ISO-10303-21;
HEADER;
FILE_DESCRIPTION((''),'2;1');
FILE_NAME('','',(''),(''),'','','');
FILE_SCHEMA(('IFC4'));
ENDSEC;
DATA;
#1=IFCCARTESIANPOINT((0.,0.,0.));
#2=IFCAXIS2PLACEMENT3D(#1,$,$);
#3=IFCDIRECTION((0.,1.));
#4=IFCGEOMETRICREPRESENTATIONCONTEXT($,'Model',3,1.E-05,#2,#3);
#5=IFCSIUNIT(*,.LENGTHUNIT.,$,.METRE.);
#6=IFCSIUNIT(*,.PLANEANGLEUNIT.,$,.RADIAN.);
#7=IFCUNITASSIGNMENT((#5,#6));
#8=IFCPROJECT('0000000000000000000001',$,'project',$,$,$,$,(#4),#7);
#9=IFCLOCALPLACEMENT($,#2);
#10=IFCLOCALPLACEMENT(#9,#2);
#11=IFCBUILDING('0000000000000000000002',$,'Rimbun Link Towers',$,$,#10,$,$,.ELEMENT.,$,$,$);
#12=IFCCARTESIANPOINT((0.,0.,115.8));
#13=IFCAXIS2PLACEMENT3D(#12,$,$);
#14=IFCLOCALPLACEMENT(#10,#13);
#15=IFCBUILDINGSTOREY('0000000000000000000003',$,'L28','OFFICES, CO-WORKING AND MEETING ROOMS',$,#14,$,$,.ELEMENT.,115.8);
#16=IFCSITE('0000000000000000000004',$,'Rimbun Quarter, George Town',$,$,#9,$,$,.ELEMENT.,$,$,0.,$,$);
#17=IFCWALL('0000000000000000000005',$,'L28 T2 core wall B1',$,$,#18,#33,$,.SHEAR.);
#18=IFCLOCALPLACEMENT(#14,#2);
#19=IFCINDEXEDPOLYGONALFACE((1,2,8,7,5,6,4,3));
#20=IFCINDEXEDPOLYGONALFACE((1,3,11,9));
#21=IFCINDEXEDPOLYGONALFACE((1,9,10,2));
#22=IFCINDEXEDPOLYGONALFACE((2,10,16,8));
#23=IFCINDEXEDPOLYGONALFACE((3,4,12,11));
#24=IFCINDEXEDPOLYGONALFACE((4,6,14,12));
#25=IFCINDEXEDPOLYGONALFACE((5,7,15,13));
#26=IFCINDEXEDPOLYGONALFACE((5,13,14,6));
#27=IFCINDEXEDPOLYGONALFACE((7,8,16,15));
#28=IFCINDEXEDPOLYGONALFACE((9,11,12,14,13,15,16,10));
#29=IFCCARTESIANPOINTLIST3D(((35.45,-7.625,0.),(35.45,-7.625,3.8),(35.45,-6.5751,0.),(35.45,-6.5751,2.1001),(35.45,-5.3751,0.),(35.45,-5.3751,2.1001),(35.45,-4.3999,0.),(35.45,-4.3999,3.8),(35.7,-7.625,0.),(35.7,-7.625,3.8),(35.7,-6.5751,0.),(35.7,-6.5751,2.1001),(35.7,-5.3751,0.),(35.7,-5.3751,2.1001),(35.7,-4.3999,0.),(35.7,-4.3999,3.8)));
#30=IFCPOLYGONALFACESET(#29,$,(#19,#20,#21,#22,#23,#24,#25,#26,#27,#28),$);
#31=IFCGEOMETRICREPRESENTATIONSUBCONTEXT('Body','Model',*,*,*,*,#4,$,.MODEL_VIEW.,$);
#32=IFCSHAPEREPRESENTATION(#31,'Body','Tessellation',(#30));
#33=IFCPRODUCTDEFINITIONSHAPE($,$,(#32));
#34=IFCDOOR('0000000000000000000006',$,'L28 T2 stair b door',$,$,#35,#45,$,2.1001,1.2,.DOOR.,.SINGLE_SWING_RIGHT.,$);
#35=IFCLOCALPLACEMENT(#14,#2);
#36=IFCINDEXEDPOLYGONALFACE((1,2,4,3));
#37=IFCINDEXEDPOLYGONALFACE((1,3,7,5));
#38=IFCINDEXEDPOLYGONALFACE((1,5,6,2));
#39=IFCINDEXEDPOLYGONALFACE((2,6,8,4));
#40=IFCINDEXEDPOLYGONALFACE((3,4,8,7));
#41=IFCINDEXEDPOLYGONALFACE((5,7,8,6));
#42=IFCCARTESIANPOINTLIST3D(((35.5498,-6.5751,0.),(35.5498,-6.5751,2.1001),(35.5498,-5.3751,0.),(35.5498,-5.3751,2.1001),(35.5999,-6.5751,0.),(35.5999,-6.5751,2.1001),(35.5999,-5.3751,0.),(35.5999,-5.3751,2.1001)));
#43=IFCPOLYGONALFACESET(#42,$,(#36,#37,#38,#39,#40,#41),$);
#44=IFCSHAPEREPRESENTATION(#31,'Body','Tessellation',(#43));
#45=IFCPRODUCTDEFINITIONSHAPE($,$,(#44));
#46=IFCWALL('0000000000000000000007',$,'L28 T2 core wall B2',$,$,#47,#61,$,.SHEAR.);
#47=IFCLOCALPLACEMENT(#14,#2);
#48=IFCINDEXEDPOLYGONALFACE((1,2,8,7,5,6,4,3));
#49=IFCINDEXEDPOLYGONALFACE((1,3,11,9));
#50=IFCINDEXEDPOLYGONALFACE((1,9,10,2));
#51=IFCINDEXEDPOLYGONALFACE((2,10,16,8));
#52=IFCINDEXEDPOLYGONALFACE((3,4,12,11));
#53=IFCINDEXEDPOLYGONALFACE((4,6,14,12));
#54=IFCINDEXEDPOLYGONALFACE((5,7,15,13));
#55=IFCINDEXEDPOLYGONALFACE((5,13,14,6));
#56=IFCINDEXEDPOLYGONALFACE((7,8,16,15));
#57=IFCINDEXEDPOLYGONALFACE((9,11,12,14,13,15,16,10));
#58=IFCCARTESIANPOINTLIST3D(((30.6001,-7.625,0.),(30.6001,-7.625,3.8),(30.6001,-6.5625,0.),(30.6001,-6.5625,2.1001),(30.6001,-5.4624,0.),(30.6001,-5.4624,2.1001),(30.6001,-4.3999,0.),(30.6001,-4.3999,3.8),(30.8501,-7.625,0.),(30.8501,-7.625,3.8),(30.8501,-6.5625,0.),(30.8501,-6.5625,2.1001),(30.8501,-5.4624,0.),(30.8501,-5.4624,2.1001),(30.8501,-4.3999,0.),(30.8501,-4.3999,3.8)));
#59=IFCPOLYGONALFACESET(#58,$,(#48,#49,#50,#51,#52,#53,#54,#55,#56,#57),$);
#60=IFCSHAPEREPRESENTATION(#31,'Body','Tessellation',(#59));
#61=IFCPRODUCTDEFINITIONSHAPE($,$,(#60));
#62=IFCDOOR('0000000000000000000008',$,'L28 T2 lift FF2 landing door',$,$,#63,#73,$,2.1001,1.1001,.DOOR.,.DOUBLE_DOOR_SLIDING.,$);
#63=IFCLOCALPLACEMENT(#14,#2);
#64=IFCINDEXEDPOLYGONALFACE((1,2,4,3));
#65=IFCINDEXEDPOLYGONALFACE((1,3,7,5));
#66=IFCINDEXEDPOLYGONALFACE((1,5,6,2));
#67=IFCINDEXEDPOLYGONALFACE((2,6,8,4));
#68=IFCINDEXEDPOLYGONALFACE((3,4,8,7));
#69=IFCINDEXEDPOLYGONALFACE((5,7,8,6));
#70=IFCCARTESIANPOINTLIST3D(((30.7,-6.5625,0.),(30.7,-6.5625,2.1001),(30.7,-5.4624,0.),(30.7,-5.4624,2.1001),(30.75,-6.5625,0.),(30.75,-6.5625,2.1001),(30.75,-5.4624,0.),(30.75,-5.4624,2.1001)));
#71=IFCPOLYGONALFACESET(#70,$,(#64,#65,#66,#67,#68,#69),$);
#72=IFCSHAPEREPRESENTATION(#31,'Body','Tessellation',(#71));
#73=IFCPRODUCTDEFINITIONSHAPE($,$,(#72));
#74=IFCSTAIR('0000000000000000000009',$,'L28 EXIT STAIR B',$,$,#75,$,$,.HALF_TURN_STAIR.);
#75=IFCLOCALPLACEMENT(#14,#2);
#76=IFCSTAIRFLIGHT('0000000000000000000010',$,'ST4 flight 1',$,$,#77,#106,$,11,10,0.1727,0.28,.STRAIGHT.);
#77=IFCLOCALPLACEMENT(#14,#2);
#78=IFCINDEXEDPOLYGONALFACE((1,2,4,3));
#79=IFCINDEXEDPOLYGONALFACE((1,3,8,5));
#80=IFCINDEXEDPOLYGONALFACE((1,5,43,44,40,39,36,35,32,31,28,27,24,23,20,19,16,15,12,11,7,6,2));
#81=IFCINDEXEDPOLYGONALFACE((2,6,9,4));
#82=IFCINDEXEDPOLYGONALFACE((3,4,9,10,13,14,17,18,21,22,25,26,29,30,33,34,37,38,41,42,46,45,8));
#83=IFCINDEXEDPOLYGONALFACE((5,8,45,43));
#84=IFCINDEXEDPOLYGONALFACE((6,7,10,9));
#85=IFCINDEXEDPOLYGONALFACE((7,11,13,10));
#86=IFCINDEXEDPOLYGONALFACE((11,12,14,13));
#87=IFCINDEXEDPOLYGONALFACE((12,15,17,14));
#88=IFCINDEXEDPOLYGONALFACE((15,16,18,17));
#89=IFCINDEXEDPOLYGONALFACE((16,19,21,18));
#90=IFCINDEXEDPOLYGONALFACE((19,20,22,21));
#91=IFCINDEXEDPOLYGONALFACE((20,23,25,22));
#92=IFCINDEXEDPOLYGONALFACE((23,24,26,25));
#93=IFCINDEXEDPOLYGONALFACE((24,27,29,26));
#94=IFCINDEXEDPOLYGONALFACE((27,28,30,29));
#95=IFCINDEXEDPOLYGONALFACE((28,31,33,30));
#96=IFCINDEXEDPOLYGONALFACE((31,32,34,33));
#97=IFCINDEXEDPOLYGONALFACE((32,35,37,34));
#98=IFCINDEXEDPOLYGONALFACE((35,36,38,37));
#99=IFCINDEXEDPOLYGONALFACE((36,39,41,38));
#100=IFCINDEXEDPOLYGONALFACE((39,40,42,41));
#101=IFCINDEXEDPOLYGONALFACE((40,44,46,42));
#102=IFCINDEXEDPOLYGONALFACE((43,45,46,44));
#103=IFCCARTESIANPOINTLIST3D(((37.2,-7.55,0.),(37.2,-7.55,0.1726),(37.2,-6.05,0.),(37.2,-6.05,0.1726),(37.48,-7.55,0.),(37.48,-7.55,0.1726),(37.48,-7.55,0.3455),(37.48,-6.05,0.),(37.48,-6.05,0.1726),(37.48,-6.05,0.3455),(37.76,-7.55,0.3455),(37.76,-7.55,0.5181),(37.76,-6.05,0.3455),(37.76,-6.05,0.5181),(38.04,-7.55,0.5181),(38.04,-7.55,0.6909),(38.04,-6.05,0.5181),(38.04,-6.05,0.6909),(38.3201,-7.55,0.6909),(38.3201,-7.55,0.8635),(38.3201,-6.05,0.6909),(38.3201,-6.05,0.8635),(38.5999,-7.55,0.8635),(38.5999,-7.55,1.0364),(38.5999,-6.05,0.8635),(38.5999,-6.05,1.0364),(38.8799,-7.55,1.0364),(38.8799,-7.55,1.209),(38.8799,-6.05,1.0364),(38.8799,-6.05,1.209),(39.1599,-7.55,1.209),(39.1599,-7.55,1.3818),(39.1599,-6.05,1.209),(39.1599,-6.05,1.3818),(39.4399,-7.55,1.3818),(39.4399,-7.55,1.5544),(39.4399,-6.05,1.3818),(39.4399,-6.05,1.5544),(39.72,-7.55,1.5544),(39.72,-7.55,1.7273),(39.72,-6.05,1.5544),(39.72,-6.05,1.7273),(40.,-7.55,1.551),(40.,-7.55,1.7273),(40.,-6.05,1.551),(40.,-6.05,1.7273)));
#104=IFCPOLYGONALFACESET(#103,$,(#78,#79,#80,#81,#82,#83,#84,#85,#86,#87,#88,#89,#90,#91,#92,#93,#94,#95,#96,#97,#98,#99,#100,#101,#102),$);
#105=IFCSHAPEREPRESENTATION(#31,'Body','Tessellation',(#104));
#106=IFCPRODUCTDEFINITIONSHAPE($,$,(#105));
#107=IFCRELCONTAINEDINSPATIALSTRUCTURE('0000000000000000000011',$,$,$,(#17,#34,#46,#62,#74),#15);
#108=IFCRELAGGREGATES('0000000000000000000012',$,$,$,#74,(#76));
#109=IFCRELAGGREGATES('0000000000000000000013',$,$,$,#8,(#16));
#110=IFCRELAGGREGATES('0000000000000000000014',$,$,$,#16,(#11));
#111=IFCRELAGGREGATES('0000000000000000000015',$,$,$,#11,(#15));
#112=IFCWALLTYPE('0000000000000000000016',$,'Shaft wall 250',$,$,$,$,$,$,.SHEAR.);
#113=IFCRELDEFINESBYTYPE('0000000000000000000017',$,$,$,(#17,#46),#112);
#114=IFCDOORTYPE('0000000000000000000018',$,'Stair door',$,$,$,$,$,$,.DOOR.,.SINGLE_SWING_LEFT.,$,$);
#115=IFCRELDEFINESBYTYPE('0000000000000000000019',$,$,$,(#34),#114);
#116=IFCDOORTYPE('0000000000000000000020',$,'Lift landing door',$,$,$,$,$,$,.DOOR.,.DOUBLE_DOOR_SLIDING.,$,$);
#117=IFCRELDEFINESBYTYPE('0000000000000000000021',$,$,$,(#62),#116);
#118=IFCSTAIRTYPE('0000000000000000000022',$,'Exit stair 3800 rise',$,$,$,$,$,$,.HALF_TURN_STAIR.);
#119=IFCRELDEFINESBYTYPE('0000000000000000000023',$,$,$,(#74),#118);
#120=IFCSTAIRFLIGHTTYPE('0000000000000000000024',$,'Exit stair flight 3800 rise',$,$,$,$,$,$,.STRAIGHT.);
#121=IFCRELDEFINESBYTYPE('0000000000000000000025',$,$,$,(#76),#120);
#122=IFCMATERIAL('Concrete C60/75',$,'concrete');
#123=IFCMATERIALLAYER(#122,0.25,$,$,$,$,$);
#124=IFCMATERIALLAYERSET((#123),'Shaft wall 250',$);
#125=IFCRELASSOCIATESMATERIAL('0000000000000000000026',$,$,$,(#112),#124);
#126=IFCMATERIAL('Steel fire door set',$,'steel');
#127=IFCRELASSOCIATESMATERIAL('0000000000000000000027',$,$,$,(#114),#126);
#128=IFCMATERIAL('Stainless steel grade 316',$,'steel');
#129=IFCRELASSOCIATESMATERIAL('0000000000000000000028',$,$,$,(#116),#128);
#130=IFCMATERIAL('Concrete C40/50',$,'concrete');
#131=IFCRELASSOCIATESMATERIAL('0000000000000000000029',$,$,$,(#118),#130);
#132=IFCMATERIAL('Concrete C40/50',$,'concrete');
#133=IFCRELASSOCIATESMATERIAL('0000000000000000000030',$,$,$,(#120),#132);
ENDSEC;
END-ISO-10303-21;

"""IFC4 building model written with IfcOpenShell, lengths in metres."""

from ifc_helpers import new_model, si_unit, direction, frame, frame_2d, origin, place, context, subcontext, project, spatial, polyline, rectangle, outline, extrude, material, layer, layer_set, type_object, element, fill, aggregate, save


model = new_model("IFC4")

# Units and contexts
model_context = context("Model", 3, precision=1e-05, world=origin(), true_north=direction((0.0, 1.0)))
body_context = subcontext(model_context, "Body", "Model", "MODEL_VIEW")
ifc_project = project(units=[si_unit("LENGTHUNIT", "METRE"), si_unit("PLANEANGLEUNIT", "RADIAN")], contexts=[model_context])

# Site, building, storey
site_placement = place(None, origin())
site = spatial("IfcSite", under=ifc_project, at=site_placement, Name="Rimbun Quarter, George Town", CompositionType="ELEMENT", RefElevation=0.0)
building_placement = place(site_placement, origin())
building = spatial("IfcBuilding", under=site, at=building_placement, Name="Rimbun Link Towers", CompositionType="ELEMENT")
storey_placement = place(building_placement, frame((0.0, 0.0, 115.8)))
storey = spatial("IfcBuildingStorey", under=building, at=storey_placement, Name="L28", Description="OFFICES, CO-WORKING AND MEETING ROOMS", CompositionType="ELEMENT", Elevation=115.8)

# Shared definitions
ifc_material_1 = material(Name="Concrete C60/75", Category="concrete")
ifc_layer = layer(ifc_material_1, 0.25)
ifc_layer_set = layer_set([ifc_layer], Name="Shaft wall 250")
wall_type = type_object("IfcWallType", Name="Shaft wall 250", PredefinedType="SHEAR", material=ifc_layer_set)

# Walls, openings, doors
wall_1_placement = place(storey_placement, frame((35.575, -4.3999, 0.0), z_axis=(0.0, 0.0, 1.0), x_axis=(0.0, -1.0, 0.0)))
wall_1 = element("IfcWall", 1, at=wall_1_placement, inside=storey, type_object=wall_type, Name="L28 T2 core wall B1", PredefinedType="SHEAR", context=body_context, shape_type="SweptSolid", body=[
    extrude(rectangle(XDim=3.2251, YDim=0.25, at=frame_2d((1.6125, 0.0))), origin(), (0.0, 0.0, 1.0), 3.8),
])
opening_1_placement = place(wall_1_placement, frame((0.9751, 0.0, 0.0)))
opening_1 = element("IfcOpeningElement", 2, at=opening_1_placement, cuts=wall_1, PredefinedType="OPENING", context=body_context, shape_type="SweptSolid", body=[
    extrude(rectangle(XDim=1.2, YDim=2.1001, at=frame_2d((0.6001, 1.05))), frame((0.0, 0.135, 0.0), z_axis=(0.0, -1.0, 0.0), x_axis=(1.0, 0.0, 0.0)), (0.0, 0.0, 1.0), 0.27),
])
ifc_material_2 = material(Name="Steel fire door set", Category="steel")
door_type_1 = type_object("IfcDoorType", Name="Stair door", OperationType="SINGLE_SWING_LEFT", PredefinedType="DOOR", material=ifc_material_2)
door_1_placement = place(opening_1_placement, origin())
door_1 = element("IfcDoor", 3, at=door_1_placement, inside=storey, type_object=door_type_1, Name="L28 T2 stair b door", OperationType="SINGLE_SWING_RIGHT", OverallHeight=2.1001, OverallWidth=1.2, PredefinedType="DOOR", context=body_context, shape_type="SweptSolid", body=[
    extrude(rectangle(XDim=1.2, YDim=2.1001, at=frame_2d((0.6001, 1.05))), frame((0.0, 0.0249, 0.0), z_axis=(0.0, -1.0, 0.0), x_axis=(1.0, 0.0, 0.0)), (0.0, 0.0, 1.0), 0.05),
])
fill(opening_1, door_1)
wall_2_placement = place(storey_placement, frame((30.7251, -4.3999, 0.0), z_axis=(0.0, 0.0, 1.0), x_axis=(0.0, -1.0, 0.0)))
wall_2 = element("IfcWall", 4, at=wall_2_placement, inside=storey, type_object=wall_type, Name="L28 T2 core wall B2", PredefinedType="SHEAR", context=body_context, shape_type="SweptSolid", body=[
    extrude(rectangle(XDim=3.2251, YDim=0.25, at=frame_2d((1.6125, 0.0))), origin(), (0.0, 0.0, 1.0), 3.8),
])
opening_2_placement = place(wall_2_placement, frame((1.0625, 0.0, 0.0)))
opening_2 = element("IfcOpeningElement", 5, at=opening_2_placement, cuts=wall_2, PredefinedType="OPENING", context=body_context, shape_type="SweptSolid", body=[
    extrude(rectangle(XDim=1.1001, YDim=2.1001, at=frame_2d((0.55, 1.05))), frame((0.0, 0.135, 0.0), z_axis=(0.0, -1.0, 0.0), x_axis=(1.0, 0.0, 0.0)), (0.0, 0.0, 1.0), 0.27),
])
ifc_material_3 = material(Name="Stainless steel grade 316", Category="steel")
door_type_2 = type_object("IfcDoorType", Name="Lift landing door", OperationType="DOUBLE_DOOR_SLIDING", PredefinedType="DOOR", material=ifc_material_3)
door_2_placement = place(opening_2_placement, origin())
door_2 = element("IfcDoor", 6, at=door_2_placement, inside=storey, type_object=door_type_2, Name="L28 T2 lift FF2 landing door", OperationType="DOUBLE_DOOR_SLIDING", OverallHeight=2.1001, OverallWidth=1.1001, PredefinedType="DOOR", context=body_context, shape_type="SweptSolid", body=[
    extrude(rectangle(XDim=1.1001, YDim=2.1001, at=frame_2d((0.55, 1.05))), frame((0.0, 0.0249, 0.0), z_axis=(0.0, -1.0, 0.0), x_axis=(1.0, 0.0, 0.0)), (0.0, 0.0, 1.0), 0.05),
])
fill(opening_2, door_2)

# Stair, stair flight
ifc_material_4 = material(Name="Concrete C40/50", Category="concrete")
stair_type = type_object("IfcStairType", Name="Exit stair 3800 rise", PredefinedType="HALF_TURN_STAIR", material=ifc_material_4)
stair_placement = place(storey_placement, origin())
stair = element("IfcStair", 7, at=stair_placement, inside=storey, type_object=stair_type, Name="L28 EXIT STAIR B", PredefinedType="HALF_TURN_STAIR")
ifc_material_5 = material(Name="Concrete C40/50", Category="concrete")
stair_flight_type = type_object("IfcStairFlightType", Name="Exit stair flight 3800 rise", PredefinedType="STRAIGHT", material=ifc_material_5)
stair_flight_placement = place(storey_placement, frame((37.2, -6.8, 0.0), z_axis=(0.0, 0.0, 1.0), x_axis=(1.0, 0.0, 0.0)))
stair_flight = element("IfcStairFlight", 8, at=stair_flight_placement, type_object=stair_flight_type, Name="ST4 flight 1", NumberOfRisers=11, NumberOfTreads=10, PredefinedType="STRAIGHT", RiserHeight=0.1727, TreadLength=0.28, context=body_context, shape_type="SweptSolid", body=[
    extrude(outline(polyline([(0.0, 0.0), (0.0, 0.1726), (0.28, 0.1726), (0.28, 0.3455), (0.5601, 0.3455), (0.5601, 0.5181), (0.8401, 0.5181), (0.8401, 0.6909), (1.1201, 0.6909), (1.1201, 0.8635), (1.3999, 0.8635), (1.3999, 1.0364), (1.6799, 1.0364), (1.6799, 1.209), (1.96, 1.209), (1.96, 1.3818), (2.24, 1.3818), (2.24, 1.5544), (2.52, 1.5544), (2.52, 1.7273), (2.8, 1.7273), (2.8, 1.8999), (2.8, 1.551), (0.28, 0.0), (0.0, 0.0)])), frame((0.0, 0.75, 0.0), z_axis=(0.0, -1.0, 0.0), x_axis=(1.0, 0.0, 0.0)), (0.0, 0.0, 1.0), 1.5),
])
aggregate(stair, [stair_flight])

save(model, "model.ifc")
